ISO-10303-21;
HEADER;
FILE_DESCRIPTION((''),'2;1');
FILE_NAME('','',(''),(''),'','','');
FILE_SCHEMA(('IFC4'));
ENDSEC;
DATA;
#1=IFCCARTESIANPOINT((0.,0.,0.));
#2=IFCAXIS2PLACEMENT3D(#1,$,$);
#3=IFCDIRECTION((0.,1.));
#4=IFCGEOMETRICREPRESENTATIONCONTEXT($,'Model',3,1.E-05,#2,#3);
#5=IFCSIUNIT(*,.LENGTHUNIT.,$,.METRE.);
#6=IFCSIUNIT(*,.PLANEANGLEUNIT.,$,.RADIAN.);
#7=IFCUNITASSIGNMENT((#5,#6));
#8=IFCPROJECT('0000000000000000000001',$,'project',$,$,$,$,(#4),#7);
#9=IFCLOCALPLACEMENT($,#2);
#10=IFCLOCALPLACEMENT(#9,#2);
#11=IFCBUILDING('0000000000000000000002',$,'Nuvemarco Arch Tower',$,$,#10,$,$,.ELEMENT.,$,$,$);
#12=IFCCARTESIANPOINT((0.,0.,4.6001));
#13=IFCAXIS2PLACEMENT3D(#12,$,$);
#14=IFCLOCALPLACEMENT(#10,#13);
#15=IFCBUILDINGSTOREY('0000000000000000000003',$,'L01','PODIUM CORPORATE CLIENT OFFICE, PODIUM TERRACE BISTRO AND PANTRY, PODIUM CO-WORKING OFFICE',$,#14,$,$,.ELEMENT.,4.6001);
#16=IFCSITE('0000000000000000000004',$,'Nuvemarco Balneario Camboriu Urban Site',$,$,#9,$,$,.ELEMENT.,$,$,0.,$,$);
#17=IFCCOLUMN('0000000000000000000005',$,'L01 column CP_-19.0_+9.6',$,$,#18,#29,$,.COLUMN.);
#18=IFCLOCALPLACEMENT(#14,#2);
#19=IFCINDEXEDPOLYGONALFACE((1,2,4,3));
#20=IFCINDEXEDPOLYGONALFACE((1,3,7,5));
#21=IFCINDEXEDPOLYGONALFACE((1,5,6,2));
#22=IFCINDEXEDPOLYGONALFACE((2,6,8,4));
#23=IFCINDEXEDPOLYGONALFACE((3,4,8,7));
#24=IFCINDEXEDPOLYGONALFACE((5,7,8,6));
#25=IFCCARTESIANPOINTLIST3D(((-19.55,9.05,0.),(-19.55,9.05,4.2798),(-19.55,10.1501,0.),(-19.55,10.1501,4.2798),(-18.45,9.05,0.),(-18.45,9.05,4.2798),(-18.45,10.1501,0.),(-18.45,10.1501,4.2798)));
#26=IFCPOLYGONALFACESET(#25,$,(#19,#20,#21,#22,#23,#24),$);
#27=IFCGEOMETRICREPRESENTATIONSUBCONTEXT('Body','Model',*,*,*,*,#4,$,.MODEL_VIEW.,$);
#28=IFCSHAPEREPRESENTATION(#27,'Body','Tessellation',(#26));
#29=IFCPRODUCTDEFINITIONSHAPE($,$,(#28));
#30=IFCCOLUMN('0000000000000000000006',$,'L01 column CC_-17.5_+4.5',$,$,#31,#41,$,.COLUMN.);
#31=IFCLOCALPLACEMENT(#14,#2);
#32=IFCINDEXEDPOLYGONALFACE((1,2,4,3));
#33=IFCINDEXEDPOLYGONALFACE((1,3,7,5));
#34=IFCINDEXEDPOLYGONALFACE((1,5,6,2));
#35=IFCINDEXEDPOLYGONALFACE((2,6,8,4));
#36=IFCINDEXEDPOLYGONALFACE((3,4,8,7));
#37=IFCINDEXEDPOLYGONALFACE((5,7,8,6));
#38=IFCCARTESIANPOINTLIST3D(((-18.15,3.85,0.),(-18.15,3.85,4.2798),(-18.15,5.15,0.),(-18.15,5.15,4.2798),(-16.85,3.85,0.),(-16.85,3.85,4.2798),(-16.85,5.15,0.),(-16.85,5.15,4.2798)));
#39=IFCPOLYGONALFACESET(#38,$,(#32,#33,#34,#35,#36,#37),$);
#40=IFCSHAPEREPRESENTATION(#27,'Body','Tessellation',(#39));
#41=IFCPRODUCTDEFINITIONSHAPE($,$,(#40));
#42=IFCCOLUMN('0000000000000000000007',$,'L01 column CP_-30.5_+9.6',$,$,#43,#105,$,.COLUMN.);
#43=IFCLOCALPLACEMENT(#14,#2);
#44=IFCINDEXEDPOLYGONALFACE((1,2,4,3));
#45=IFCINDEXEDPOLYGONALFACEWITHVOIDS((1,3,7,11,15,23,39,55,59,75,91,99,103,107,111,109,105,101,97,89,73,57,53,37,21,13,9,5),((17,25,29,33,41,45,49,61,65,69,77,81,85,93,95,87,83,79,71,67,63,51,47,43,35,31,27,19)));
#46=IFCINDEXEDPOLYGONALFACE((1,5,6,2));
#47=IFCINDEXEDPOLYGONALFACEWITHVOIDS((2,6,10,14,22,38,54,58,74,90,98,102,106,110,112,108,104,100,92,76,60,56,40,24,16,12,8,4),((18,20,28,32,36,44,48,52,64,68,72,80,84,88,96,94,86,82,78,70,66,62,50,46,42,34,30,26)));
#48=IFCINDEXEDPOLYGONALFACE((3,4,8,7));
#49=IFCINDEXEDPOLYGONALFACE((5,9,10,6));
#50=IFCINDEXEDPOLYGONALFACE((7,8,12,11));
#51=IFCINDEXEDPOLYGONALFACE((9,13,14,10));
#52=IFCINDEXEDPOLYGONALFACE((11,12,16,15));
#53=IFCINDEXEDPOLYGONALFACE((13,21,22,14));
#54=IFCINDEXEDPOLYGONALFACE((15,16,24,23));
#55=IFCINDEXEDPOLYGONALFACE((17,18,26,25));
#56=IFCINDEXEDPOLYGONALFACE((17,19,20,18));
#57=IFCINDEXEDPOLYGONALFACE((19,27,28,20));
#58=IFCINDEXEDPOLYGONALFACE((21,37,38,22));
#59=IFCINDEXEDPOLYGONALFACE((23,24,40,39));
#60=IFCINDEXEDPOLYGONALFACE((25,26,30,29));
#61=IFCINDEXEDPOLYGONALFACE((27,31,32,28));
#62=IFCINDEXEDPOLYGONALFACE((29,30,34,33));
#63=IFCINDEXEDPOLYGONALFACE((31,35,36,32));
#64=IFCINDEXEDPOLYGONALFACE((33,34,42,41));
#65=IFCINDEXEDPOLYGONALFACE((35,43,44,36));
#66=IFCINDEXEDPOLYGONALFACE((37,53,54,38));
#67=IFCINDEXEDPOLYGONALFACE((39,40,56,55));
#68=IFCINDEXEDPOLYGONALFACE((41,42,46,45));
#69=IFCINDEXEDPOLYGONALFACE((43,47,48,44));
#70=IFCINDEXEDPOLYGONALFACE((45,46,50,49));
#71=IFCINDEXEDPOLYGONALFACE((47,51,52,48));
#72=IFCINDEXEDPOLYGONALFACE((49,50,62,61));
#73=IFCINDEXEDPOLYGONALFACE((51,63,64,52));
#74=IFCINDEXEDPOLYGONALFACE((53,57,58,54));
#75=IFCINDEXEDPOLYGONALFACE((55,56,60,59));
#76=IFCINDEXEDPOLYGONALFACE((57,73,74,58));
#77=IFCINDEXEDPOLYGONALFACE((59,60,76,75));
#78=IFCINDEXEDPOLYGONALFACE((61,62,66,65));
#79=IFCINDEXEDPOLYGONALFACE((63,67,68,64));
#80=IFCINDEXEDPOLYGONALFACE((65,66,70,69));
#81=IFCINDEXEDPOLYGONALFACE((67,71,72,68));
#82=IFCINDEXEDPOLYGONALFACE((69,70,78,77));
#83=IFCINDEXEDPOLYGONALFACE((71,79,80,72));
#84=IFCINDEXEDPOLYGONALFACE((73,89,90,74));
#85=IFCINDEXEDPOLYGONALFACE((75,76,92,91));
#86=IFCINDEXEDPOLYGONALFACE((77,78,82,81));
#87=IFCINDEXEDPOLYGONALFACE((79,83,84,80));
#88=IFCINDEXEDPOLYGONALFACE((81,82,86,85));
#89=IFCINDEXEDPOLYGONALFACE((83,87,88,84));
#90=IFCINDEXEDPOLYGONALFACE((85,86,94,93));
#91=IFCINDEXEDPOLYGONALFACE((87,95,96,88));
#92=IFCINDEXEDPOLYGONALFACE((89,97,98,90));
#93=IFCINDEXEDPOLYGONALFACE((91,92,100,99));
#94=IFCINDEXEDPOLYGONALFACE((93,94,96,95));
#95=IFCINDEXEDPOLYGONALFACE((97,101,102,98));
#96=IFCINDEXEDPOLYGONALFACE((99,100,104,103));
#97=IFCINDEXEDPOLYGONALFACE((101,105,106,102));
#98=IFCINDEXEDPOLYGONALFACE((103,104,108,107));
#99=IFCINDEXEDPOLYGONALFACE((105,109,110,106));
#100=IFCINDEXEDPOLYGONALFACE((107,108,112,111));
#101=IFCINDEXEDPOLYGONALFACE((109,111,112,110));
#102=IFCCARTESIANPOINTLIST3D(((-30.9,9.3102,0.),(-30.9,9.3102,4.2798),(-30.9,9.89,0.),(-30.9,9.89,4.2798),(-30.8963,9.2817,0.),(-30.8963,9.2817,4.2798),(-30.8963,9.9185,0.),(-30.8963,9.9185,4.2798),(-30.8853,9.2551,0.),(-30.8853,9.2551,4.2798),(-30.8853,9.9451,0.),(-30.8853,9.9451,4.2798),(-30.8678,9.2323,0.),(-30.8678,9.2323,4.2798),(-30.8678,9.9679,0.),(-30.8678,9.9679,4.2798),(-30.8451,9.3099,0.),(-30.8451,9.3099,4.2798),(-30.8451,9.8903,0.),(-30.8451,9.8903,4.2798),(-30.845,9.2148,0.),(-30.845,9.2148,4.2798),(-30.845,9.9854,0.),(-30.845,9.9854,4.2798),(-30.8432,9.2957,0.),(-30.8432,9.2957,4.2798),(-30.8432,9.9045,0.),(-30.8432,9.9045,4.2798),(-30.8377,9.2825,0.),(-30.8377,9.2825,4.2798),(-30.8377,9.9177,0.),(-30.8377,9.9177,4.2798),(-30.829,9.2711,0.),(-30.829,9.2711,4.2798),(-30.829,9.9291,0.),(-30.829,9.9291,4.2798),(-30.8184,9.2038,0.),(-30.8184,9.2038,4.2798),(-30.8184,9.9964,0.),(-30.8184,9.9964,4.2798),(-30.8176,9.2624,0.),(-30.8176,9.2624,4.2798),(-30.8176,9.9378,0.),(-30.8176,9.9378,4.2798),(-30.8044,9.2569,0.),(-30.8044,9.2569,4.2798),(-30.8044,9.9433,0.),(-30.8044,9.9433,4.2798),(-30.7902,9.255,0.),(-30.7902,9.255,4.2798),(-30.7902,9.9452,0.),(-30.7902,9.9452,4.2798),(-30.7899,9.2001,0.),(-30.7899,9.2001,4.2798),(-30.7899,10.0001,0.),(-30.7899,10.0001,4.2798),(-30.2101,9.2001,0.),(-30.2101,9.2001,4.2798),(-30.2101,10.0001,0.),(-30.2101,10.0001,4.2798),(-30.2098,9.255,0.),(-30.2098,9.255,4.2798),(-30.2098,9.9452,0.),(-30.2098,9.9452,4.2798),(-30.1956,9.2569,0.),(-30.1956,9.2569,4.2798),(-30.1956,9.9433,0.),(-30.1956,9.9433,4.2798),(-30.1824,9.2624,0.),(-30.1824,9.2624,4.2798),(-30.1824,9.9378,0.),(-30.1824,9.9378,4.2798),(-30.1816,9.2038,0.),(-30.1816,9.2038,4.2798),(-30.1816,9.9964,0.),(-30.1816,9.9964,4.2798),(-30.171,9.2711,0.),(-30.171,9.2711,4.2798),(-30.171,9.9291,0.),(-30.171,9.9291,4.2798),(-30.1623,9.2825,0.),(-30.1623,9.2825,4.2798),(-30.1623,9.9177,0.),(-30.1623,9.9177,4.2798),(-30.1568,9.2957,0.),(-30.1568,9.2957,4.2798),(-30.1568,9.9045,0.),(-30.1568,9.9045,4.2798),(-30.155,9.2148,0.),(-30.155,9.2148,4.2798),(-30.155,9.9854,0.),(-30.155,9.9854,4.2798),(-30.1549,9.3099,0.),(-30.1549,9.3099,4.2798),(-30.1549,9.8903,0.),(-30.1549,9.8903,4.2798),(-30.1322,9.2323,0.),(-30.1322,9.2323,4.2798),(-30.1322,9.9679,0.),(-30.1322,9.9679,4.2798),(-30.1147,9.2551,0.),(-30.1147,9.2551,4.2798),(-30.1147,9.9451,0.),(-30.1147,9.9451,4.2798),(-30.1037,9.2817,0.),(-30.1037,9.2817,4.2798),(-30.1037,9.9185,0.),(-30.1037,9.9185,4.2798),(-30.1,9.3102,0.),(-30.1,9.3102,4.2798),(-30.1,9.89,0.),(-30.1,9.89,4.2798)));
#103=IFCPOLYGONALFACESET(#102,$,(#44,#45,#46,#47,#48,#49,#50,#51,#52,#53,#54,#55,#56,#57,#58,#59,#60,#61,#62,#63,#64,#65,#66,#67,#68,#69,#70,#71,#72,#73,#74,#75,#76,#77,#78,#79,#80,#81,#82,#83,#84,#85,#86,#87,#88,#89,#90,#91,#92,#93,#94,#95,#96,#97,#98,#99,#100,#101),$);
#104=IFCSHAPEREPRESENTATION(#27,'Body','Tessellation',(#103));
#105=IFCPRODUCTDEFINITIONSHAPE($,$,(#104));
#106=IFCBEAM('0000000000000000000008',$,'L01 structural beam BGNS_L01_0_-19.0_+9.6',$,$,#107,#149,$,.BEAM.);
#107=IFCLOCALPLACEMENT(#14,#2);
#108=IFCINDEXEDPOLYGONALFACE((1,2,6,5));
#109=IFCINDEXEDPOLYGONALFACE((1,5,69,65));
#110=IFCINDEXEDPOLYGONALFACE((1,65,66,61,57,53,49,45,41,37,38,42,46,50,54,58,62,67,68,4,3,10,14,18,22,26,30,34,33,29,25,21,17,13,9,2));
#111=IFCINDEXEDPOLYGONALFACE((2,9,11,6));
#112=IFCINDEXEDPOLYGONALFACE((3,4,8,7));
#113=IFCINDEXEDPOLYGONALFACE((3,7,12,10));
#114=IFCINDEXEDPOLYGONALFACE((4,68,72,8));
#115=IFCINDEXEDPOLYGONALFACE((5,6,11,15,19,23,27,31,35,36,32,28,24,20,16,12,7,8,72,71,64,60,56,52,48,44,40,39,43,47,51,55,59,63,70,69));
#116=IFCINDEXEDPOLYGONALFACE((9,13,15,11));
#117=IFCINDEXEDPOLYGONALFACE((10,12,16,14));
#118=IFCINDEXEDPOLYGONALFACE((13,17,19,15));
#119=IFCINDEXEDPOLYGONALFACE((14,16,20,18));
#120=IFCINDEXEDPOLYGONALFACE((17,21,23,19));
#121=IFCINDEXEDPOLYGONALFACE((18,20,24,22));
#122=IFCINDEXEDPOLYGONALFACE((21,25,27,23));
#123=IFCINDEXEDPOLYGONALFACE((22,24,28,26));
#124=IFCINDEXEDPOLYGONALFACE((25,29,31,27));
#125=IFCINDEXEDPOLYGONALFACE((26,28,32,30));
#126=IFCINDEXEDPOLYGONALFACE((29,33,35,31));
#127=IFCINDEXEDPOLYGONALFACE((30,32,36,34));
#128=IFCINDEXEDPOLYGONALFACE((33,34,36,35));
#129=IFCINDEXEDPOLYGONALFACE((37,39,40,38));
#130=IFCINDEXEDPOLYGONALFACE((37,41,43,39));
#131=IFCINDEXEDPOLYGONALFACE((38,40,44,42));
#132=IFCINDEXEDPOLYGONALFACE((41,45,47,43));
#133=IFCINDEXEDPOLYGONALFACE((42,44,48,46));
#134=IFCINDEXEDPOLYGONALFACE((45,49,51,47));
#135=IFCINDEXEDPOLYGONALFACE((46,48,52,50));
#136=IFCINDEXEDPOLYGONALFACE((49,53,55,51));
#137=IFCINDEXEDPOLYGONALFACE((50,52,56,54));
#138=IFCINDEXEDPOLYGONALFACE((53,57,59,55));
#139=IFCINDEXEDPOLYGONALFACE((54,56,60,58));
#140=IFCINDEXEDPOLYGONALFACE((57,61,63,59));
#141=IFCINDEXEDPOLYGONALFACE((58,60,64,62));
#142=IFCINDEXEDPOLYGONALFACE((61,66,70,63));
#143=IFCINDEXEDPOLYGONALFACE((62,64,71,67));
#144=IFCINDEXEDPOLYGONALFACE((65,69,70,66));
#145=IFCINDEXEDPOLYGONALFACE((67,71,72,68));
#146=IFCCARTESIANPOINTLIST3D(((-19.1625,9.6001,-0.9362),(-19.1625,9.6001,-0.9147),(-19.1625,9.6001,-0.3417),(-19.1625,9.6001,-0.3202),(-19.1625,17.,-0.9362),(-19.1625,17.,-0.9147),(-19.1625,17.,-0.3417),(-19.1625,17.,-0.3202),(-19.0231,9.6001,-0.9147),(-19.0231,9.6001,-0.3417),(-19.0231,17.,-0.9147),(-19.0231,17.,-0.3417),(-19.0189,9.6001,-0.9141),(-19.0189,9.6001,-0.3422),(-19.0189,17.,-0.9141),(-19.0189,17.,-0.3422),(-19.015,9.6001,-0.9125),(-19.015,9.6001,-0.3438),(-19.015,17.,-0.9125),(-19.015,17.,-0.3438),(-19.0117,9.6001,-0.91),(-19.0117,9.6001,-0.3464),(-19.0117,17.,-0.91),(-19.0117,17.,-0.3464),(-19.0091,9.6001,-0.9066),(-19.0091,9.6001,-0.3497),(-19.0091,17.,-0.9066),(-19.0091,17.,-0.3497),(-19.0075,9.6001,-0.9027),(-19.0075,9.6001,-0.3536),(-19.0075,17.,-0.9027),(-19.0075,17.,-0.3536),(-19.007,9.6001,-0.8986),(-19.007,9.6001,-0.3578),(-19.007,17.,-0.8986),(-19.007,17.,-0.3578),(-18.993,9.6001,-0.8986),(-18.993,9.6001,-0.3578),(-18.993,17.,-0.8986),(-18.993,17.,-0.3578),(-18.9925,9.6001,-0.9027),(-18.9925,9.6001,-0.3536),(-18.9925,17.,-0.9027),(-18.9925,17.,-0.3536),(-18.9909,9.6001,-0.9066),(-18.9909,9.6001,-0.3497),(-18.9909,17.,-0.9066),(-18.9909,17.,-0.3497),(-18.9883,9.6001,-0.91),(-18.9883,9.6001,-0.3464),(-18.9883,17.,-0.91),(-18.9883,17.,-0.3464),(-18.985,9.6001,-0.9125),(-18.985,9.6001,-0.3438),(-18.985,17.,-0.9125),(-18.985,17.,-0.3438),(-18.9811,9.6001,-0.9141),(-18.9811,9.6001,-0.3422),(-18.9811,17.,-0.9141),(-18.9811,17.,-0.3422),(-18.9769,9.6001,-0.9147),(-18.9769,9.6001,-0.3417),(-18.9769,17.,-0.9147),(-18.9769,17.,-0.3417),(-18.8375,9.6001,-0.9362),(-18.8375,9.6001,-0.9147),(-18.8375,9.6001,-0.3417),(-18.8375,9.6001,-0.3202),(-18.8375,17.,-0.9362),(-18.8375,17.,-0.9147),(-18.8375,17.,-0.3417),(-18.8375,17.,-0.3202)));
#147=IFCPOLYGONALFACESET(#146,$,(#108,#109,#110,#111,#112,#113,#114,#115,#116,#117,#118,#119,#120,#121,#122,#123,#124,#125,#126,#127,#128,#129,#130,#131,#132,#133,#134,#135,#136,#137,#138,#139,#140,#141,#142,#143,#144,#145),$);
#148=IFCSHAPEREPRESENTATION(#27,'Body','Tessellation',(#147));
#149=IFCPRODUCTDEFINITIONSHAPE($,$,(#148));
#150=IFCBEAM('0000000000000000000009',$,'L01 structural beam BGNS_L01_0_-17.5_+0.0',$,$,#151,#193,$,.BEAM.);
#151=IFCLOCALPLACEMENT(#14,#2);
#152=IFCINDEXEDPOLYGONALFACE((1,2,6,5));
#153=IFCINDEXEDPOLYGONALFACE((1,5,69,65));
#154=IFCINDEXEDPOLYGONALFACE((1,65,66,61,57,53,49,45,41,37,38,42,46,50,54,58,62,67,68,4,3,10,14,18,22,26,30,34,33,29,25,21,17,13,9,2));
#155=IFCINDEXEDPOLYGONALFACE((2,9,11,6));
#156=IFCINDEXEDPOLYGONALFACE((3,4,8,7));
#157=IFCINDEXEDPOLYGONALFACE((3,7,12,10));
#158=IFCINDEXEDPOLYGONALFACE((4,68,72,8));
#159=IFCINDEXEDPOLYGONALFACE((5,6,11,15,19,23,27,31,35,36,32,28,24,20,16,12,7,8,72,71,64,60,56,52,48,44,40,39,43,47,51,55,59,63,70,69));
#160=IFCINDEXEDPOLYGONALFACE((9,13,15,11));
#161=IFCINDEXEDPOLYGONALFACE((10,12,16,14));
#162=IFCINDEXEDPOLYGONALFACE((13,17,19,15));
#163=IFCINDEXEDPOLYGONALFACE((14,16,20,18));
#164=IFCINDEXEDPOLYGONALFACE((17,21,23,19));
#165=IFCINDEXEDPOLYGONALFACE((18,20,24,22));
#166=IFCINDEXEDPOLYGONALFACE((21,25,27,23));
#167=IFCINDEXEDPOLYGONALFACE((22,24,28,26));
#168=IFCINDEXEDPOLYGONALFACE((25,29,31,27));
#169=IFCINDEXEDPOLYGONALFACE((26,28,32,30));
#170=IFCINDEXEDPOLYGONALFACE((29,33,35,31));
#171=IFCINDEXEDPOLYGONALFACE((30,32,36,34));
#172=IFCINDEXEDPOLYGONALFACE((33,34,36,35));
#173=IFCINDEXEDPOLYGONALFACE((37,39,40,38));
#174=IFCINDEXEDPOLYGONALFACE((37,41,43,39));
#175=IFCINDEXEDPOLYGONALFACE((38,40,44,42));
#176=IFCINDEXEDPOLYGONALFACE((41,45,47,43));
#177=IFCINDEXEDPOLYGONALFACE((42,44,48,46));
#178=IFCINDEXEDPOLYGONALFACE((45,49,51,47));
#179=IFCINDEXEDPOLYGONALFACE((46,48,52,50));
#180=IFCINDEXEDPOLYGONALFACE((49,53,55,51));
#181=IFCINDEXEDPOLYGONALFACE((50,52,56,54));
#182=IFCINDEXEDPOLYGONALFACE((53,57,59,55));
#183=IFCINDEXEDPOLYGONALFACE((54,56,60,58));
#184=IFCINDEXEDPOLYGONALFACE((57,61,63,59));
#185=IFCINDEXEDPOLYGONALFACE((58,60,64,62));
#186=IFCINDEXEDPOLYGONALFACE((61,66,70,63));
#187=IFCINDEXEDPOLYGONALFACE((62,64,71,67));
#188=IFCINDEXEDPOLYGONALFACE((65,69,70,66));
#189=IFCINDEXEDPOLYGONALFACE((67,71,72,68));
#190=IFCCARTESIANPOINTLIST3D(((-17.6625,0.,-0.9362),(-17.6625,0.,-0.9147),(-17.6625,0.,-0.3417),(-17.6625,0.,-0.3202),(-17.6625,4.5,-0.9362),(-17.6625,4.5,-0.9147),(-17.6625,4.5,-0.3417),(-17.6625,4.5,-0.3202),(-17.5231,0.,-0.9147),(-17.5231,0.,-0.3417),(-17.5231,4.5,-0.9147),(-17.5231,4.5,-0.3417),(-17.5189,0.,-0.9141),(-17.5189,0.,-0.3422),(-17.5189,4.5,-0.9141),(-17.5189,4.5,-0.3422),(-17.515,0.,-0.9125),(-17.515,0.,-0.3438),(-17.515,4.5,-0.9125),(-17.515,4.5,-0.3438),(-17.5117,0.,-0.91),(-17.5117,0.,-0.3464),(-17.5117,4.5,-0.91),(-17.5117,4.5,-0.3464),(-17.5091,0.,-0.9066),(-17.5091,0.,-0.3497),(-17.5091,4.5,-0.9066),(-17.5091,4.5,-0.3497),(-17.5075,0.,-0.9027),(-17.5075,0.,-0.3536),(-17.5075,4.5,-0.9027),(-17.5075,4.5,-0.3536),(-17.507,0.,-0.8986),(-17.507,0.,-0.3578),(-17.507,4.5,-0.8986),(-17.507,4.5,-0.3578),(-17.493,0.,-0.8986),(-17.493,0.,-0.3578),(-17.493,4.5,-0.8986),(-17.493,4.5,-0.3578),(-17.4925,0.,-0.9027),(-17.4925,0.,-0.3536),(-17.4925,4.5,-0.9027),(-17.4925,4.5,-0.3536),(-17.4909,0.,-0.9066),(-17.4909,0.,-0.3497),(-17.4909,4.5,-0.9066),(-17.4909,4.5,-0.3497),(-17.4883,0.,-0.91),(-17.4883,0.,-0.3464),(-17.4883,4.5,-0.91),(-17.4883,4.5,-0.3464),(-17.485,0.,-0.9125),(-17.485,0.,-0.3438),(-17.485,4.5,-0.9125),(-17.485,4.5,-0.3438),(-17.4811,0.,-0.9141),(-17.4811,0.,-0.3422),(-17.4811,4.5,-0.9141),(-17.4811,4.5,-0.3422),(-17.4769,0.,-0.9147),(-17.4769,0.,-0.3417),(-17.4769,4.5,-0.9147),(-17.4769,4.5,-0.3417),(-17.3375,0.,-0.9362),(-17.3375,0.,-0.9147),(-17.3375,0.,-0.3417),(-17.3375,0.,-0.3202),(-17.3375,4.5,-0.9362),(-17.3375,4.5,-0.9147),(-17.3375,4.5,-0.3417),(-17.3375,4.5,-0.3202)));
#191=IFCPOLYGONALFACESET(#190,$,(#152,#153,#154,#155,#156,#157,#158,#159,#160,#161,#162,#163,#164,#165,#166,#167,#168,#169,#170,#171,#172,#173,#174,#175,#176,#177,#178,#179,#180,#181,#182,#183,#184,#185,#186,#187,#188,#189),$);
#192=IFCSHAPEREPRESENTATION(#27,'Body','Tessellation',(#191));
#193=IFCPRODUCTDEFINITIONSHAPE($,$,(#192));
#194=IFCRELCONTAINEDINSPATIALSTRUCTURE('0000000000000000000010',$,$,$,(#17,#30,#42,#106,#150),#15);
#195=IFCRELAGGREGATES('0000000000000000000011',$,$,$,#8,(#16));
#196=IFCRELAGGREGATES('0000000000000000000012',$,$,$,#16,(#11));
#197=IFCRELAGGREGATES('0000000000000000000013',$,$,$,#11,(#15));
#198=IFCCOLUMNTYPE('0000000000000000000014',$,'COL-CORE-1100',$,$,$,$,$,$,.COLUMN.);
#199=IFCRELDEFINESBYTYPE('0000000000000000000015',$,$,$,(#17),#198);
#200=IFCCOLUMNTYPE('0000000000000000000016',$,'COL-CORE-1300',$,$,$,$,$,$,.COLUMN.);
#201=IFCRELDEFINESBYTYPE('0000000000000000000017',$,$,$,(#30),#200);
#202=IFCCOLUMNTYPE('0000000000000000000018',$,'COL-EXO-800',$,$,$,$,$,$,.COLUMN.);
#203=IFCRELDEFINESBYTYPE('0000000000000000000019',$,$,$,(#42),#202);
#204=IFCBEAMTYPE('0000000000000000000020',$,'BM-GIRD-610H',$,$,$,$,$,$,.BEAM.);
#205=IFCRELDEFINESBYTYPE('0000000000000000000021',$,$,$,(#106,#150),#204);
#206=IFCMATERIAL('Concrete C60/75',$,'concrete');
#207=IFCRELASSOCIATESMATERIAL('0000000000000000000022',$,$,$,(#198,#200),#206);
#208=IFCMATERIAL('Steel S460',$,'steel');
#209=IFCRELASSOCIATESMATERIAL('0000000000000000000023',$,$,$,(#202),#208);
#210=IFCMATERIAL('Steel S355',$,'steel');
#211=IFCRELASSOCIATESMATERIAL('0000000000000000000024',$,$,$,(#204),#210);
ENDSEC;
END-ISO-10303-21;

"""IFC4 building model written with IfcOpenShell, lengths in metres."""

from ifc_helpers import new_model, si_unit, direction, frame, origin, origin_2d, place, context, subcontext, project, spatial, rectangle, hollow_rectangle, i_section, extrude, material, material_profile, profile_set, type_object, element, save


model = new_model("IFC4")

# Units and contexts
model_context = context("Model", 3, precision=1e-05, world=origin(), true_north=direction((0.0, 1.0)))
body_context = subcontext(model_context, "Body", "Model", "MODEL_VIEW")
ifc_project = project(units=[si_unit("LENGTHUNIT", "METRE"), si_unit("PLANEANGLEUNIT", "RADIAN")], contexts=[model_context])

# Site, building, storey
site_placement = place(None, origin())
site = spatial("IfcSite", under=ifc_project, at=site_placement, Name="Nuvemarco Balneario Camboriu Urban Site", CompositionType="ELEMENT", RefElevation=0.0)
building_placement = place(site_placement, origin())
building = spatial("IfcBuilding", under=site, at=building_placement, Name="Nuvemarco Arch Tower", CompositionType="ELEMENT")
storey_placement = place(building_placement, frame((0.0, 0.0, 4.6001)))
storey = spatial("IfcBuildingStorey", under=building, at=storey_placement, Name="L01", Description="PODIUM CORPORATE CLIENT OFFICE, PODIUM TERRACE BISTRO AND PANTRY, PODIUM CO-WORKING OFFICE", CompositionType="ELEMENT", Elevation=4.6001)

# Columns
ifc_material_1 = material(Name="Concrete C60/75", Category="concrete")
ifc_material_profile_1 = material_profile(ifc_material_1, rectangle(XDim=1.1001, YDim=1.1001, at=origin_2d()), Name="RC-COL-1100x1100")
ifc_profile_set_1 = profile_set([ifc_material_profile_1], Name="Concrete C60/75")
column_type_1 = type_object("IfcColumnType", Name="COL-CORE-1100", PredefinedType="COLUMN", material=ifc_profile_set_1)
column_1_placement = place(storey_placement, frame((-19.0, 9.6001, 0.0), z_axis=(0.0, 0.0, 1.0), x_axis=(1.0, 0.0, 0.0)))
element("IfcColumn", 1, at=column_1_placement, inside=storey, type_object=column_type_1, Name="L01 column CP_-19.0_+9.6", PredefinedType="COLUMN", context=body_context, shape_type="SweptSolid", body=[
    extrude(rectangle(XDim=1.1001, YDim=1.1001, at=origin_2d()), origin(), (0.0, 0.0, 1.0), 4.2798),
])
ifc_material_profile_2 = material_profile(ifc_material_1, rectangle(XDim=1.3, YDim=1.3, at=origin_2d()), Name="RC-COL-1300x1300")
ifc_profile_set_2 = profile_set([ifc_material_profile_2], Name="Concrete C60/75")
column_type_2 = type_object("IfcColumnType", Name="COL-CORE-1300", PredefinedType="COLUMN", material=ifc_profile_set_2)
column_2_placement = place(storey_placement, frame((-17.5, 4.5, 0.0), z_axis=(0.0, 0.0, 1.0), x_axis=(1.0, 0.0, 0.0)))
element("IfcColumn", 2, at=column_2_placement, inside=storey, type_object=column_type_2, Name="L01 column CC_-17.5_+4.5", PredefinedType="COLUMN", context=body_context, shape_type="SweptSolid", body=[
    extrude(rectangle(XDim=1.3, YDim=1.3, at=origin_2d()), origin(), (0.0, 0.0, 1.0), 4.2798),
])
ifc_material_2 = material(Name="Steel S460", Category="steel")
ifc_material_profile_3 = material_profile(ifc_material_2, hollow_rectangle(XDim=0.8, YDim=0.8, WallThickness=0.0549, InnerFilletRadius=0.0549, OuterFilletRadius=0.1101, at=origin_2d()), Name="SHS800x800x55")
ifc_profile_set_3 = profile_set([ifc_material_profile_3], Name="Steel S460")
column_type_3 = type_object("IfcColumnType", Name="COL-EXO-800", PredefinedType="COLUMN", material=ifc_profile_set_3)
column_3_placement = place(storey_placement, frame((-30.5, 9.6001, 0.0), z_axis=(0.0, 0.0, 1.0), x_axis=(1.0, 0.0, 0.0)))
element("IfcColumn", 3, at=column_3_placement, inside=storey, type_object=column_type_3, Name="L01 column CP_-30.5_+9.6", PredefinedType="COLUMN", context=body_context, shape_type="SweptSolid", body=[
    extrude(hollow_rectangle(XDim=0.8, YDim=0.8, WallThickness=0.0549, InnerFilletRadius=0.0549, OuterFilletRadius=0.1101, at=origin_2d()), origin(), (0.0, 0.0, 1.0), 4.2798),
])

# Beams
ifc_material_3 = material(Name="Steel S355", Category="steel")
ifc_material_profile_4 = material_profile(ifc_material_3, i_section(OverallWidth=0.325, OverallDepth=0.616, WebThickness=0.0139, FlangeThickness=0.0215, FilletRadius=0.0161, at=origin_2d()), Name="W610x174")
ifc_profile_set_4 = profile_set([ifc_material_profile_4], Name="Steel S355")
beam_type_1 = type_object("IfcBeamType", Name="BM-GIRD-610H", PredefinedType="BEAM", material=ifc_profile_set_4)
beam_1_placement = place(storey_placement, frame((-19.0, 9.6001, -0.6282), z_axis=(0.0, 1.0, 0.0), x_axis=(-1.0, 0.0, 0.0)))
element("IfcBeam", 4, at=beam_1_placement, inside=storey, type_object=beam_type_1, Name="L01 structural beam BGNS_L01_0_-19.0_+9.6", PredefinedType="BEAM", context=body_context, shape_type="SweptSolid", body=[
    extrude(i_section(OverallWidth=0.325, OverallDepth=0.616, WebThickness=0.0139, FlangeThickness=0.0215, FilletRadius=0.0161, at=origin_2d()), origin(), (0.0, 0.0, 1.0), 7.3999),
])
beam_2_placement = place(storey_placement, frame((-17.5, 0.0, -0.6282), z_axis=(0.0, 1.0, 0.0), x_axis=(-1.0, 0.0, 0.0)))
element("IfcBeam", 5, at=beam_2_placement, inside=storey, type_object=beam_type_1, Name="L01 structural beam BGNS_L01_0_-17.5_+0.0", PredefinedType="BEAM", context=body_context, shape_type="SweptSolid", body=[
    extrude(i_section(OverallWidth=0.325, OverallDepth=0.616, WebThickness=0.0139, FlangeThickness=0.0215, FilletRadius=0.0161, at=origin_2d()), origin(), (0.0, 0.0, 1.0), 4.5),
])

save(model, "model.ifc")
